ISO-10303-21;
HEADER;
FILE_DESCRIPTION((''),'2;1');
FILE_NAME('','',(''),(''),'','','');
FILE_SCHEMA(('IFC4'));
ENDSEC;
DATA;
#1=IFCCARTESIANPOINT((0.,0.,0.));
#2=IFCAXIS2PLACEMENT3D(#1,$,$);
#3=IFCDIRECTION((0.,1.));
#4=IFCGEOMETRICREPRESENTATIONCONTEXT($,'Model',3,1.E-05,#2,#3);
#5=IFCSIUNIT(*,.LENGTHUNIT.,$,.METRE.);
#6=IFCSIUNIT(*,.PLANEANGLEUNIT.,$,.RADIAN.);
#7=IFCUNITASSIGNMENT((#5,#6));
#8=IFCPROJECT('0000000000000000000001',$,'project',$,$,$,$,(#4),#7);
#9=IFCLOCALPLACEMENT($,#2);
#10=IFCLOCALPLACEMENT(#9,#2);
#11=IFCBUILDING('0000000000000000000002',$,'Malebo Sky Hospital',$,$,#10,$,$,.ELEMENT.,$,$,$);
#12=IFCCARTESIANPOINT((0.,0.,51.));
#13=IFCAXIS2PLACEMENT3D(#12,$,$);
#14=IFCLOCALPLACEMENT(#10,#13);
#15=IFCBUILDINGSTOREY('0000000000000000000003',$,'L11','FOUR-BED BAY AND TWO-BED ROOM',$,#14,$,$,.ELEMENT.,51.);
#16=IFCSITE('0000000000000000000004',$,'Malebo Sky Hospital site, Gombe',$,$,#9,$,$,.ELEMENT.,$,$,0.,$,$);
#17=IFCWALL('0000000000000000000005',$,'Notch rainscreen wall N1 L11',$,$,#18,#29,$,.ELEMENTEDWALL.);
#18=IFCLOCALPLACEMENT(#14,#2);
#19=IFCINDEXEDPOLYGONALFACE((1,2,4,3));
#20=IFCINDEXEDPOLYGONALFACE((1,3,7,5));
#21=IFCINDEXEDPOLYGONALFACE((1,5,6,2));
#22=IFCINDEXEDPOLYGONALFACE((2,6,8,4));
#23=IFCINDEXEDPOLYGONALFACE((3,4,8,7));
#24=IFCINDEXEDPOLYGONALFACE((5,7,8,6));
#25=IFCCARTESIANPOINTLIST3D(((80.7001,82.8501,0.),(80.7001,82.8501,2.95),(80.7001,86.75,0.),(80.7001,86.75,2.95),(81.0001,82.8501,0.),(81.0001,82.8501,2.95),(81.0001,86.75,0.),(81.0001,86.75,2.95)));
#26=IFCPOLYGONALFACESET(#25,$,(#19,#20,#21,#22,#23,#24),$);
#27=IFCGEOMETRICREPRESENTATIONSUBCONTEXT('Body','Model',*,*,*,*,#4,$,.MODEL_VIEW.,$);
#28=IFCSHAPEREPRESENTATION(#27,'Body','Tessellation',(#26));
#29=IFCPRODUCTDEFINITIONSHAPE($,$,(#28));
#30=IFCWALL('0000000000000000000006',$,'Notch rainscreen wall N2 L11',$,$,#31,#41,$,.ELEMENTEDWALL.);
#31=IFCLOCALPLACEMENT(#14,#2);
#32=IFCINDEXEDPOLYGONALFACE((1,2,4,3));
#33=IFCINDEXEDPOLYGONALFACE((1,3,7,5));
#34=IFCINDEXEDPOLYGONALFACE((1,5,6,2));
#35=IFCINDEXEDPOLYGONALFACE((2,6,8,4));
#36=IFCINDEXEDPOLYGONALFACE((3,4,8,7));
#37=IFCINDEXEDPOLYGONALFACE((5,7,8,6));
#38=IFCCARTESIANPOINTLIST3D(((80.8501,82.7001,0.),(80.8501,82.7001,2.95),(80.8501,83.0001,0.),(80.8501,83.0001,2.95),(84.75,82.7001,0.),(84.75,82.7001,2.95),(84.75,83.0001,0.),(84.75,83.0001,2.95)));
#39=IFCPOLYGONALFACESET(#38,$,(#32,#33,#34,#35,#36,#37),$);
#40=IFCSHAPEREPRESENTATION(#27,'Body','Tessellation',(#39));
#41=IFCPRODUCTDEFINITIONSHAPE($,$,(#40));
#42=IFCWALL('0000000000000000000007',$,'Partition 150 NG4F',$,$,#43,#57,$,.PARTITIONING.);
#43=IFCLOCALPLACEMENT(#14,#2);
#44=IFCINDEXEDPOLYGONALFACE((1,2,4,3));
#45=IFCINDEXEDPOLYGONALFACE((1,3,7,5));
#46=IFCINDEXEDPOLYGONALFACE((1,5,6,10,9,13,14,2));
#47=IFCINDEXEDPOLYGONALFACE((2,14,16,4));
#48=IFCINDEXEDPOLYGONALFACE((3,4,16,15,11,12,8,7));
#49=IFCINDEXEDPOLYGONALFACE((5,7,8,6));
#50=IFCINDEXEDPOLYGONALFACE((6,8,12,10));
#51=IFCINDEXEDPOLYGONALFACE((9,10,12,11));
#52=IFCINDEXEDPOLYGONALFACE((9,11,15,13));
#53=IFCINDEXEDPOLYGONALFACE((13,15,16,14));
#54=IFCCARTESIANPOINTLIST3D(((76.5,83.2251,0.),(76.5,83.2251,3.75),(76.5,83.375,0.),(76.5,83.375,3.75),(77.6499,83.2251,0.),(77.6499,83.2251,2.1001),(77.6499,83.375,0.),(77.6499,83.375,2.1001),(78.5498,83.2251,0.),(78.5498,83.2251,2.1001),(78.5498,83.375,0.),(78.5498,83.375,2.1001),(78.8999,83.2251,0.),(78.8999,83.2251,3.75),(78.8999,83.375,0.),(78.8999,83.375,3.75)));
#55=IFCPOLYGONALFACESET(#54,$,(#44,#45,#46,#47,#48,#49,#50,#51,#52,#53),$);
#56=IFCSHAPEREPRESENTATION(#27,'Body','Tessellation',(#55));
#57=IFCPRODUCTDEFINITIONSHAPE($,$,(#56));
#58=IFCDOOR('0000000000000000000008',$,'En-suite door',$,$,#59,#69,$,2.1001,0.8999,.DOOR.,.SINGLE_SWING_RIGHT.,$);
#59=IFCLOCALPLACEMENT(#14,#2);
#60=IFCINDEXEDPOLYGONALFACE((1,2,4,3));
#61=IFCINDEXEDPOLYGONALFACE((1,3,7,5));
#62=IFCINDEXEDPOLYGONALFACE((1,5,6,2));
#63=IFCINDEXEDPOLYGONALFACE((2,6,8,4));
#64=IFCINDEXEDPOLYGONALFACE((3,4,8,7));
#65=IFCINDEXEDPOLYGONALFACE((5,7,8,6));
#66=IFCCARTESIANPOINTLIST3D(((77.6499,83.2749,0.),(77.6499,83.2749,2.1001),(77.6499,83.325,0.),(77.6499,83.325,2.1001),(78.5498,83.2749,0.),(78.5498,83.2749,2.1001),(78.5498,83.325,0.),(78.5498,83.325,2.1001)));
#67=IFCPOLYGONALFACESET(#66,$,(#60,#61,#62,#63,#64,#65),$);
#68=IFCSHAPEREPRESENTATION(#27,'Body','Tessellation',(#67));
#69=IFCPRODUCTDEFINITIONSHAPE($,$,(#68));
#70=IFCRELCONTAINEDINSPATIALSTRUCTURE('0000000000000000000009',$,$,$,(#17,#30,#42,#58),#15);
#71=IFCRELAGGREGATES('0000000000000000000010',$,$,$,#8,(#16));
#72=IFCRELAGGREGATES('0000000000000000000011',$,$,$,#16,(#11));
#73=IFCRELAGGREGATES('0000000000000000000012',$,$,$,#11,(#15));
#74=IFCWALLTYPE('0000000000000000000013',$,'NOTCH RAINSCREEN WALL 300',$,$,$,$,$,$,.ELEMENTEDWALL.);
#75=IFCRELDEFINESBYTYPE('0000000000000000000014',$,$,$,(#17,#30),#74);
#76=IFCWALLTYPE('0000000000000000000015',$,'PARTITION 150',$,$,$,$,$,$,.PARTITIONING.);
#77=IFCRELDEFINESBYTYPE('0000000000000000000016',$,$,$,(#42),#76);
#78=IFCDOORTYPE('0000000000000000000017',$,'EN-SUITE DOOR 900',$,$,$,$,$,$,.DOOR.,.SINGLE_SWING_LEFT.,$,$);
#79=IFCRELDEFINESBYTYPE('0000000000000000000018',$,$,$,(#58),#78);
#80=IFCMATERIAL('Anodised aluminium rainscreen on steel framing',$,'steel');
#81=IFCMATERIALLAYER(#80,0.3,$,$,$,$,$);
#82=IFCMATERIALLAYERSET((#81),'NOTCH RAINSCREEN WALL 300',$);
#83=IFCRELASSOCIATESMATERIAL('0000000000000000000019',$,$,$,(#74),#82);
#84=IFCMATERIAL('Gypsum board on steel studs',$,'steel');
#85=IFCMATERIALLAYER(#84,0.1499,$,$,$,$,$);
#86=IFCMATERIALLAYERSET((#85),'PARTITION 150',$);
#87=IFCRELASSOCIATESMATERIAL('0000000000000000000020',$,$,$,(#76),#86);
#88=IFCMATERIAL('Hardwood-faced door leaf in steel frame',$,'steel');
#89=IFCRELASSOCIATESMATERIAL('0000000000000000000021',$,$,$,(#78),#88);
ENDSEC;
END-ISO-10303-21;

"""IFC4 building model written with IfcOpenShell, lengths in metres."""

from ifc_helpers import new_model, si_unit, direction, frame, frame_2d, origin, place, context, subcontext, project, spatial, rectangle, extrude, material, layer, layer_set, type_object, element, fill, save


model = new_model("IFC4")

# Units and contexts
model_context = context("Model", 3, precision=1e-05, world=origin(), true_north=direction((0.0, 1.0)))
body_context = subcontext(model_context, "Body", "Model", "MODEL_VIEW")
ifc_project = project(units=[si_unit("LENGTHUNIT", "METRE"), si_unit("PLANEANGLEUNIT", "RADIAN")], contexts=[model_context])

# Site, building, storey
site_placement = place(None, origin())
site = spatial("IfcSite", under=ifc_project, at=site_placement, Name="Malebo Sky Hospital site, Gombe", CompositionType="ELEMENT", RefElevation=0.0)
building_placement = place(site_placement, origin())
building = spatial("IfcBuilding", under=site, at=building_placement, Name="Malebo Sky Hospital", CompositionType="ELEMENT")
storey_placement = place(building_placement, frame((0.0, 0.0, 51.0)))
storey = spatial("IfcBuildingStorey", under=building, at=storey_placement, Name="L11", Description="FOUR-BED BAY AND TWO-BED ROOM", CompositionType="ELEMENT", Elevation=51.0)

# Walls
ifc_material_1 = material(Name="Anodised aluminium rainscreen on steel framing", Category="steel")
ifc_layer_1 = layer(ifc_material_1, 0.3)
ifc_layer_set_1 = layer_set([ifc_layer_1], Name="NOTCH RAINSCREEN WALL 300")
wall_type_1 = type_object("IfcWallType", Name="NOTCH RAINSCREEN WALL 300", PredefinedType="ELEMENTEDWALL", material=ifc_layer_set_1)
for number, where, z_axis, x_axis, name in (
    (1, (80.8501, 86.75, 0.0), (0.0, 0.0, 1.0), (0.0, -1.0, 0.0), "Notch rainscreen wall N1 L11"),
    (2, (80.8501, 82.8501, 0.0), (0.0, 0.0, 1.0), (1.0, 0.0, 0.0), "Notch rainscreen wall N2 L11"),
):
    element("IfcWall", number, at=place(storey_placement, frame(where, z_axis=z_axis, x_axis=x_axis)), inside=storey, type_object=wall_type_1, Name=name, PredefinedType="ELEMENTEDWALL", context=body_context, shape_type="SweptSolid", body=[
        extrude(rectangle(XDim=3.8999, YDim=0.3, at=frame_2d((1.95, 0.0))), origin(), (0.0, 0.0, 1.0), 2.95),
    ])

# Wall, opening, door
ifc_material_2 = material(Name="Gypsum board on steel studs", Category="steel")
ifc_layer_2 = layer(ifc_material_2, 0.1499)
ifc_layer_set_2 = layer_set([ifc_layer_2], Name="PARTITION 150")
wall_type_2 = type_object("IfcWallType", Name="PARTITION 150", PredefinedType="PARTITIONING", material=ifc_layer_set_2)
wall_placement = place(storey_placement, frame((76.5, 83.3, 0.0), z_axis=(0.0, 0.0, 1.0), x_axis=(1.0, 0.0, 0.0)))
wall = element("IfcWall", 3, at=wall_placement, inside=storey, type_object=wall_type_2, Name="Partition 150 NG4F", PredefinedType="PARTITIONING", context=body_context, shape_type="SweptSolid", body=[
    extrude(rectangle(XDim=2.3999, YDim=0.1499, at=frame_2d((1.2, 0.0))), origin(), (0.0, 0.0, 1.0), 3.75),
])
opening_placement = place(wall_placement, frame((1.1499, 0.0, 0.0)))
opening = element("IfcOpeningElement", 4, at=opening_placement, cuts=wall, PredefinedType="OPENING", context=body_context, shape_type="SweptSolid", body=[
    extrude(rectangle(XDim=0.8999, YDim=2.1001, at=frame_2d((0.45, 1.05))), frame((0.0, 0.085, 0.0), z_axis=(0.0, -1.0, 0.0), x_axis=(1.0, 0.0, 0.0)), (0.0, 0.0, 1.0), 0.1699),
])
ifc_material_3 = material(Name="Hardwood-faced door leaf in steel frame", Category="steel")
door_type = type_object("IfcDoorType", Name="EN-SUITE DOOR 900", OperationType="SINGLE_SWING_LEFT", PredefinedType="DOOR", material=ifc_material_3)
door_placement = place(opening_placement, origin())
door = element("IfcDoor", 5, at=door_placement, inside=storey, type_object=door_type, Name="En-suite door", OperationType="SINGLE_SWING_RIGHT", OverallHeight=2.1001, OverallWidth=0.8999, PredefinedType="DOOR", context=body_context, shape_type="SweptSolid", body=[
    extrude(rectangle(XDim=0.8999, YDim=2.1001, at=frame_2d((0.45, 1.05))), frame((0.0, 0.0249, 0.0), z_axis=(0.0, -1.0, 0.0), x_axis=(1.0, 0.0, 0.0)), (0.0, 0.0, 1.0), 0.05),
])
fill(opening, door)

save(model, "model.ifc")
